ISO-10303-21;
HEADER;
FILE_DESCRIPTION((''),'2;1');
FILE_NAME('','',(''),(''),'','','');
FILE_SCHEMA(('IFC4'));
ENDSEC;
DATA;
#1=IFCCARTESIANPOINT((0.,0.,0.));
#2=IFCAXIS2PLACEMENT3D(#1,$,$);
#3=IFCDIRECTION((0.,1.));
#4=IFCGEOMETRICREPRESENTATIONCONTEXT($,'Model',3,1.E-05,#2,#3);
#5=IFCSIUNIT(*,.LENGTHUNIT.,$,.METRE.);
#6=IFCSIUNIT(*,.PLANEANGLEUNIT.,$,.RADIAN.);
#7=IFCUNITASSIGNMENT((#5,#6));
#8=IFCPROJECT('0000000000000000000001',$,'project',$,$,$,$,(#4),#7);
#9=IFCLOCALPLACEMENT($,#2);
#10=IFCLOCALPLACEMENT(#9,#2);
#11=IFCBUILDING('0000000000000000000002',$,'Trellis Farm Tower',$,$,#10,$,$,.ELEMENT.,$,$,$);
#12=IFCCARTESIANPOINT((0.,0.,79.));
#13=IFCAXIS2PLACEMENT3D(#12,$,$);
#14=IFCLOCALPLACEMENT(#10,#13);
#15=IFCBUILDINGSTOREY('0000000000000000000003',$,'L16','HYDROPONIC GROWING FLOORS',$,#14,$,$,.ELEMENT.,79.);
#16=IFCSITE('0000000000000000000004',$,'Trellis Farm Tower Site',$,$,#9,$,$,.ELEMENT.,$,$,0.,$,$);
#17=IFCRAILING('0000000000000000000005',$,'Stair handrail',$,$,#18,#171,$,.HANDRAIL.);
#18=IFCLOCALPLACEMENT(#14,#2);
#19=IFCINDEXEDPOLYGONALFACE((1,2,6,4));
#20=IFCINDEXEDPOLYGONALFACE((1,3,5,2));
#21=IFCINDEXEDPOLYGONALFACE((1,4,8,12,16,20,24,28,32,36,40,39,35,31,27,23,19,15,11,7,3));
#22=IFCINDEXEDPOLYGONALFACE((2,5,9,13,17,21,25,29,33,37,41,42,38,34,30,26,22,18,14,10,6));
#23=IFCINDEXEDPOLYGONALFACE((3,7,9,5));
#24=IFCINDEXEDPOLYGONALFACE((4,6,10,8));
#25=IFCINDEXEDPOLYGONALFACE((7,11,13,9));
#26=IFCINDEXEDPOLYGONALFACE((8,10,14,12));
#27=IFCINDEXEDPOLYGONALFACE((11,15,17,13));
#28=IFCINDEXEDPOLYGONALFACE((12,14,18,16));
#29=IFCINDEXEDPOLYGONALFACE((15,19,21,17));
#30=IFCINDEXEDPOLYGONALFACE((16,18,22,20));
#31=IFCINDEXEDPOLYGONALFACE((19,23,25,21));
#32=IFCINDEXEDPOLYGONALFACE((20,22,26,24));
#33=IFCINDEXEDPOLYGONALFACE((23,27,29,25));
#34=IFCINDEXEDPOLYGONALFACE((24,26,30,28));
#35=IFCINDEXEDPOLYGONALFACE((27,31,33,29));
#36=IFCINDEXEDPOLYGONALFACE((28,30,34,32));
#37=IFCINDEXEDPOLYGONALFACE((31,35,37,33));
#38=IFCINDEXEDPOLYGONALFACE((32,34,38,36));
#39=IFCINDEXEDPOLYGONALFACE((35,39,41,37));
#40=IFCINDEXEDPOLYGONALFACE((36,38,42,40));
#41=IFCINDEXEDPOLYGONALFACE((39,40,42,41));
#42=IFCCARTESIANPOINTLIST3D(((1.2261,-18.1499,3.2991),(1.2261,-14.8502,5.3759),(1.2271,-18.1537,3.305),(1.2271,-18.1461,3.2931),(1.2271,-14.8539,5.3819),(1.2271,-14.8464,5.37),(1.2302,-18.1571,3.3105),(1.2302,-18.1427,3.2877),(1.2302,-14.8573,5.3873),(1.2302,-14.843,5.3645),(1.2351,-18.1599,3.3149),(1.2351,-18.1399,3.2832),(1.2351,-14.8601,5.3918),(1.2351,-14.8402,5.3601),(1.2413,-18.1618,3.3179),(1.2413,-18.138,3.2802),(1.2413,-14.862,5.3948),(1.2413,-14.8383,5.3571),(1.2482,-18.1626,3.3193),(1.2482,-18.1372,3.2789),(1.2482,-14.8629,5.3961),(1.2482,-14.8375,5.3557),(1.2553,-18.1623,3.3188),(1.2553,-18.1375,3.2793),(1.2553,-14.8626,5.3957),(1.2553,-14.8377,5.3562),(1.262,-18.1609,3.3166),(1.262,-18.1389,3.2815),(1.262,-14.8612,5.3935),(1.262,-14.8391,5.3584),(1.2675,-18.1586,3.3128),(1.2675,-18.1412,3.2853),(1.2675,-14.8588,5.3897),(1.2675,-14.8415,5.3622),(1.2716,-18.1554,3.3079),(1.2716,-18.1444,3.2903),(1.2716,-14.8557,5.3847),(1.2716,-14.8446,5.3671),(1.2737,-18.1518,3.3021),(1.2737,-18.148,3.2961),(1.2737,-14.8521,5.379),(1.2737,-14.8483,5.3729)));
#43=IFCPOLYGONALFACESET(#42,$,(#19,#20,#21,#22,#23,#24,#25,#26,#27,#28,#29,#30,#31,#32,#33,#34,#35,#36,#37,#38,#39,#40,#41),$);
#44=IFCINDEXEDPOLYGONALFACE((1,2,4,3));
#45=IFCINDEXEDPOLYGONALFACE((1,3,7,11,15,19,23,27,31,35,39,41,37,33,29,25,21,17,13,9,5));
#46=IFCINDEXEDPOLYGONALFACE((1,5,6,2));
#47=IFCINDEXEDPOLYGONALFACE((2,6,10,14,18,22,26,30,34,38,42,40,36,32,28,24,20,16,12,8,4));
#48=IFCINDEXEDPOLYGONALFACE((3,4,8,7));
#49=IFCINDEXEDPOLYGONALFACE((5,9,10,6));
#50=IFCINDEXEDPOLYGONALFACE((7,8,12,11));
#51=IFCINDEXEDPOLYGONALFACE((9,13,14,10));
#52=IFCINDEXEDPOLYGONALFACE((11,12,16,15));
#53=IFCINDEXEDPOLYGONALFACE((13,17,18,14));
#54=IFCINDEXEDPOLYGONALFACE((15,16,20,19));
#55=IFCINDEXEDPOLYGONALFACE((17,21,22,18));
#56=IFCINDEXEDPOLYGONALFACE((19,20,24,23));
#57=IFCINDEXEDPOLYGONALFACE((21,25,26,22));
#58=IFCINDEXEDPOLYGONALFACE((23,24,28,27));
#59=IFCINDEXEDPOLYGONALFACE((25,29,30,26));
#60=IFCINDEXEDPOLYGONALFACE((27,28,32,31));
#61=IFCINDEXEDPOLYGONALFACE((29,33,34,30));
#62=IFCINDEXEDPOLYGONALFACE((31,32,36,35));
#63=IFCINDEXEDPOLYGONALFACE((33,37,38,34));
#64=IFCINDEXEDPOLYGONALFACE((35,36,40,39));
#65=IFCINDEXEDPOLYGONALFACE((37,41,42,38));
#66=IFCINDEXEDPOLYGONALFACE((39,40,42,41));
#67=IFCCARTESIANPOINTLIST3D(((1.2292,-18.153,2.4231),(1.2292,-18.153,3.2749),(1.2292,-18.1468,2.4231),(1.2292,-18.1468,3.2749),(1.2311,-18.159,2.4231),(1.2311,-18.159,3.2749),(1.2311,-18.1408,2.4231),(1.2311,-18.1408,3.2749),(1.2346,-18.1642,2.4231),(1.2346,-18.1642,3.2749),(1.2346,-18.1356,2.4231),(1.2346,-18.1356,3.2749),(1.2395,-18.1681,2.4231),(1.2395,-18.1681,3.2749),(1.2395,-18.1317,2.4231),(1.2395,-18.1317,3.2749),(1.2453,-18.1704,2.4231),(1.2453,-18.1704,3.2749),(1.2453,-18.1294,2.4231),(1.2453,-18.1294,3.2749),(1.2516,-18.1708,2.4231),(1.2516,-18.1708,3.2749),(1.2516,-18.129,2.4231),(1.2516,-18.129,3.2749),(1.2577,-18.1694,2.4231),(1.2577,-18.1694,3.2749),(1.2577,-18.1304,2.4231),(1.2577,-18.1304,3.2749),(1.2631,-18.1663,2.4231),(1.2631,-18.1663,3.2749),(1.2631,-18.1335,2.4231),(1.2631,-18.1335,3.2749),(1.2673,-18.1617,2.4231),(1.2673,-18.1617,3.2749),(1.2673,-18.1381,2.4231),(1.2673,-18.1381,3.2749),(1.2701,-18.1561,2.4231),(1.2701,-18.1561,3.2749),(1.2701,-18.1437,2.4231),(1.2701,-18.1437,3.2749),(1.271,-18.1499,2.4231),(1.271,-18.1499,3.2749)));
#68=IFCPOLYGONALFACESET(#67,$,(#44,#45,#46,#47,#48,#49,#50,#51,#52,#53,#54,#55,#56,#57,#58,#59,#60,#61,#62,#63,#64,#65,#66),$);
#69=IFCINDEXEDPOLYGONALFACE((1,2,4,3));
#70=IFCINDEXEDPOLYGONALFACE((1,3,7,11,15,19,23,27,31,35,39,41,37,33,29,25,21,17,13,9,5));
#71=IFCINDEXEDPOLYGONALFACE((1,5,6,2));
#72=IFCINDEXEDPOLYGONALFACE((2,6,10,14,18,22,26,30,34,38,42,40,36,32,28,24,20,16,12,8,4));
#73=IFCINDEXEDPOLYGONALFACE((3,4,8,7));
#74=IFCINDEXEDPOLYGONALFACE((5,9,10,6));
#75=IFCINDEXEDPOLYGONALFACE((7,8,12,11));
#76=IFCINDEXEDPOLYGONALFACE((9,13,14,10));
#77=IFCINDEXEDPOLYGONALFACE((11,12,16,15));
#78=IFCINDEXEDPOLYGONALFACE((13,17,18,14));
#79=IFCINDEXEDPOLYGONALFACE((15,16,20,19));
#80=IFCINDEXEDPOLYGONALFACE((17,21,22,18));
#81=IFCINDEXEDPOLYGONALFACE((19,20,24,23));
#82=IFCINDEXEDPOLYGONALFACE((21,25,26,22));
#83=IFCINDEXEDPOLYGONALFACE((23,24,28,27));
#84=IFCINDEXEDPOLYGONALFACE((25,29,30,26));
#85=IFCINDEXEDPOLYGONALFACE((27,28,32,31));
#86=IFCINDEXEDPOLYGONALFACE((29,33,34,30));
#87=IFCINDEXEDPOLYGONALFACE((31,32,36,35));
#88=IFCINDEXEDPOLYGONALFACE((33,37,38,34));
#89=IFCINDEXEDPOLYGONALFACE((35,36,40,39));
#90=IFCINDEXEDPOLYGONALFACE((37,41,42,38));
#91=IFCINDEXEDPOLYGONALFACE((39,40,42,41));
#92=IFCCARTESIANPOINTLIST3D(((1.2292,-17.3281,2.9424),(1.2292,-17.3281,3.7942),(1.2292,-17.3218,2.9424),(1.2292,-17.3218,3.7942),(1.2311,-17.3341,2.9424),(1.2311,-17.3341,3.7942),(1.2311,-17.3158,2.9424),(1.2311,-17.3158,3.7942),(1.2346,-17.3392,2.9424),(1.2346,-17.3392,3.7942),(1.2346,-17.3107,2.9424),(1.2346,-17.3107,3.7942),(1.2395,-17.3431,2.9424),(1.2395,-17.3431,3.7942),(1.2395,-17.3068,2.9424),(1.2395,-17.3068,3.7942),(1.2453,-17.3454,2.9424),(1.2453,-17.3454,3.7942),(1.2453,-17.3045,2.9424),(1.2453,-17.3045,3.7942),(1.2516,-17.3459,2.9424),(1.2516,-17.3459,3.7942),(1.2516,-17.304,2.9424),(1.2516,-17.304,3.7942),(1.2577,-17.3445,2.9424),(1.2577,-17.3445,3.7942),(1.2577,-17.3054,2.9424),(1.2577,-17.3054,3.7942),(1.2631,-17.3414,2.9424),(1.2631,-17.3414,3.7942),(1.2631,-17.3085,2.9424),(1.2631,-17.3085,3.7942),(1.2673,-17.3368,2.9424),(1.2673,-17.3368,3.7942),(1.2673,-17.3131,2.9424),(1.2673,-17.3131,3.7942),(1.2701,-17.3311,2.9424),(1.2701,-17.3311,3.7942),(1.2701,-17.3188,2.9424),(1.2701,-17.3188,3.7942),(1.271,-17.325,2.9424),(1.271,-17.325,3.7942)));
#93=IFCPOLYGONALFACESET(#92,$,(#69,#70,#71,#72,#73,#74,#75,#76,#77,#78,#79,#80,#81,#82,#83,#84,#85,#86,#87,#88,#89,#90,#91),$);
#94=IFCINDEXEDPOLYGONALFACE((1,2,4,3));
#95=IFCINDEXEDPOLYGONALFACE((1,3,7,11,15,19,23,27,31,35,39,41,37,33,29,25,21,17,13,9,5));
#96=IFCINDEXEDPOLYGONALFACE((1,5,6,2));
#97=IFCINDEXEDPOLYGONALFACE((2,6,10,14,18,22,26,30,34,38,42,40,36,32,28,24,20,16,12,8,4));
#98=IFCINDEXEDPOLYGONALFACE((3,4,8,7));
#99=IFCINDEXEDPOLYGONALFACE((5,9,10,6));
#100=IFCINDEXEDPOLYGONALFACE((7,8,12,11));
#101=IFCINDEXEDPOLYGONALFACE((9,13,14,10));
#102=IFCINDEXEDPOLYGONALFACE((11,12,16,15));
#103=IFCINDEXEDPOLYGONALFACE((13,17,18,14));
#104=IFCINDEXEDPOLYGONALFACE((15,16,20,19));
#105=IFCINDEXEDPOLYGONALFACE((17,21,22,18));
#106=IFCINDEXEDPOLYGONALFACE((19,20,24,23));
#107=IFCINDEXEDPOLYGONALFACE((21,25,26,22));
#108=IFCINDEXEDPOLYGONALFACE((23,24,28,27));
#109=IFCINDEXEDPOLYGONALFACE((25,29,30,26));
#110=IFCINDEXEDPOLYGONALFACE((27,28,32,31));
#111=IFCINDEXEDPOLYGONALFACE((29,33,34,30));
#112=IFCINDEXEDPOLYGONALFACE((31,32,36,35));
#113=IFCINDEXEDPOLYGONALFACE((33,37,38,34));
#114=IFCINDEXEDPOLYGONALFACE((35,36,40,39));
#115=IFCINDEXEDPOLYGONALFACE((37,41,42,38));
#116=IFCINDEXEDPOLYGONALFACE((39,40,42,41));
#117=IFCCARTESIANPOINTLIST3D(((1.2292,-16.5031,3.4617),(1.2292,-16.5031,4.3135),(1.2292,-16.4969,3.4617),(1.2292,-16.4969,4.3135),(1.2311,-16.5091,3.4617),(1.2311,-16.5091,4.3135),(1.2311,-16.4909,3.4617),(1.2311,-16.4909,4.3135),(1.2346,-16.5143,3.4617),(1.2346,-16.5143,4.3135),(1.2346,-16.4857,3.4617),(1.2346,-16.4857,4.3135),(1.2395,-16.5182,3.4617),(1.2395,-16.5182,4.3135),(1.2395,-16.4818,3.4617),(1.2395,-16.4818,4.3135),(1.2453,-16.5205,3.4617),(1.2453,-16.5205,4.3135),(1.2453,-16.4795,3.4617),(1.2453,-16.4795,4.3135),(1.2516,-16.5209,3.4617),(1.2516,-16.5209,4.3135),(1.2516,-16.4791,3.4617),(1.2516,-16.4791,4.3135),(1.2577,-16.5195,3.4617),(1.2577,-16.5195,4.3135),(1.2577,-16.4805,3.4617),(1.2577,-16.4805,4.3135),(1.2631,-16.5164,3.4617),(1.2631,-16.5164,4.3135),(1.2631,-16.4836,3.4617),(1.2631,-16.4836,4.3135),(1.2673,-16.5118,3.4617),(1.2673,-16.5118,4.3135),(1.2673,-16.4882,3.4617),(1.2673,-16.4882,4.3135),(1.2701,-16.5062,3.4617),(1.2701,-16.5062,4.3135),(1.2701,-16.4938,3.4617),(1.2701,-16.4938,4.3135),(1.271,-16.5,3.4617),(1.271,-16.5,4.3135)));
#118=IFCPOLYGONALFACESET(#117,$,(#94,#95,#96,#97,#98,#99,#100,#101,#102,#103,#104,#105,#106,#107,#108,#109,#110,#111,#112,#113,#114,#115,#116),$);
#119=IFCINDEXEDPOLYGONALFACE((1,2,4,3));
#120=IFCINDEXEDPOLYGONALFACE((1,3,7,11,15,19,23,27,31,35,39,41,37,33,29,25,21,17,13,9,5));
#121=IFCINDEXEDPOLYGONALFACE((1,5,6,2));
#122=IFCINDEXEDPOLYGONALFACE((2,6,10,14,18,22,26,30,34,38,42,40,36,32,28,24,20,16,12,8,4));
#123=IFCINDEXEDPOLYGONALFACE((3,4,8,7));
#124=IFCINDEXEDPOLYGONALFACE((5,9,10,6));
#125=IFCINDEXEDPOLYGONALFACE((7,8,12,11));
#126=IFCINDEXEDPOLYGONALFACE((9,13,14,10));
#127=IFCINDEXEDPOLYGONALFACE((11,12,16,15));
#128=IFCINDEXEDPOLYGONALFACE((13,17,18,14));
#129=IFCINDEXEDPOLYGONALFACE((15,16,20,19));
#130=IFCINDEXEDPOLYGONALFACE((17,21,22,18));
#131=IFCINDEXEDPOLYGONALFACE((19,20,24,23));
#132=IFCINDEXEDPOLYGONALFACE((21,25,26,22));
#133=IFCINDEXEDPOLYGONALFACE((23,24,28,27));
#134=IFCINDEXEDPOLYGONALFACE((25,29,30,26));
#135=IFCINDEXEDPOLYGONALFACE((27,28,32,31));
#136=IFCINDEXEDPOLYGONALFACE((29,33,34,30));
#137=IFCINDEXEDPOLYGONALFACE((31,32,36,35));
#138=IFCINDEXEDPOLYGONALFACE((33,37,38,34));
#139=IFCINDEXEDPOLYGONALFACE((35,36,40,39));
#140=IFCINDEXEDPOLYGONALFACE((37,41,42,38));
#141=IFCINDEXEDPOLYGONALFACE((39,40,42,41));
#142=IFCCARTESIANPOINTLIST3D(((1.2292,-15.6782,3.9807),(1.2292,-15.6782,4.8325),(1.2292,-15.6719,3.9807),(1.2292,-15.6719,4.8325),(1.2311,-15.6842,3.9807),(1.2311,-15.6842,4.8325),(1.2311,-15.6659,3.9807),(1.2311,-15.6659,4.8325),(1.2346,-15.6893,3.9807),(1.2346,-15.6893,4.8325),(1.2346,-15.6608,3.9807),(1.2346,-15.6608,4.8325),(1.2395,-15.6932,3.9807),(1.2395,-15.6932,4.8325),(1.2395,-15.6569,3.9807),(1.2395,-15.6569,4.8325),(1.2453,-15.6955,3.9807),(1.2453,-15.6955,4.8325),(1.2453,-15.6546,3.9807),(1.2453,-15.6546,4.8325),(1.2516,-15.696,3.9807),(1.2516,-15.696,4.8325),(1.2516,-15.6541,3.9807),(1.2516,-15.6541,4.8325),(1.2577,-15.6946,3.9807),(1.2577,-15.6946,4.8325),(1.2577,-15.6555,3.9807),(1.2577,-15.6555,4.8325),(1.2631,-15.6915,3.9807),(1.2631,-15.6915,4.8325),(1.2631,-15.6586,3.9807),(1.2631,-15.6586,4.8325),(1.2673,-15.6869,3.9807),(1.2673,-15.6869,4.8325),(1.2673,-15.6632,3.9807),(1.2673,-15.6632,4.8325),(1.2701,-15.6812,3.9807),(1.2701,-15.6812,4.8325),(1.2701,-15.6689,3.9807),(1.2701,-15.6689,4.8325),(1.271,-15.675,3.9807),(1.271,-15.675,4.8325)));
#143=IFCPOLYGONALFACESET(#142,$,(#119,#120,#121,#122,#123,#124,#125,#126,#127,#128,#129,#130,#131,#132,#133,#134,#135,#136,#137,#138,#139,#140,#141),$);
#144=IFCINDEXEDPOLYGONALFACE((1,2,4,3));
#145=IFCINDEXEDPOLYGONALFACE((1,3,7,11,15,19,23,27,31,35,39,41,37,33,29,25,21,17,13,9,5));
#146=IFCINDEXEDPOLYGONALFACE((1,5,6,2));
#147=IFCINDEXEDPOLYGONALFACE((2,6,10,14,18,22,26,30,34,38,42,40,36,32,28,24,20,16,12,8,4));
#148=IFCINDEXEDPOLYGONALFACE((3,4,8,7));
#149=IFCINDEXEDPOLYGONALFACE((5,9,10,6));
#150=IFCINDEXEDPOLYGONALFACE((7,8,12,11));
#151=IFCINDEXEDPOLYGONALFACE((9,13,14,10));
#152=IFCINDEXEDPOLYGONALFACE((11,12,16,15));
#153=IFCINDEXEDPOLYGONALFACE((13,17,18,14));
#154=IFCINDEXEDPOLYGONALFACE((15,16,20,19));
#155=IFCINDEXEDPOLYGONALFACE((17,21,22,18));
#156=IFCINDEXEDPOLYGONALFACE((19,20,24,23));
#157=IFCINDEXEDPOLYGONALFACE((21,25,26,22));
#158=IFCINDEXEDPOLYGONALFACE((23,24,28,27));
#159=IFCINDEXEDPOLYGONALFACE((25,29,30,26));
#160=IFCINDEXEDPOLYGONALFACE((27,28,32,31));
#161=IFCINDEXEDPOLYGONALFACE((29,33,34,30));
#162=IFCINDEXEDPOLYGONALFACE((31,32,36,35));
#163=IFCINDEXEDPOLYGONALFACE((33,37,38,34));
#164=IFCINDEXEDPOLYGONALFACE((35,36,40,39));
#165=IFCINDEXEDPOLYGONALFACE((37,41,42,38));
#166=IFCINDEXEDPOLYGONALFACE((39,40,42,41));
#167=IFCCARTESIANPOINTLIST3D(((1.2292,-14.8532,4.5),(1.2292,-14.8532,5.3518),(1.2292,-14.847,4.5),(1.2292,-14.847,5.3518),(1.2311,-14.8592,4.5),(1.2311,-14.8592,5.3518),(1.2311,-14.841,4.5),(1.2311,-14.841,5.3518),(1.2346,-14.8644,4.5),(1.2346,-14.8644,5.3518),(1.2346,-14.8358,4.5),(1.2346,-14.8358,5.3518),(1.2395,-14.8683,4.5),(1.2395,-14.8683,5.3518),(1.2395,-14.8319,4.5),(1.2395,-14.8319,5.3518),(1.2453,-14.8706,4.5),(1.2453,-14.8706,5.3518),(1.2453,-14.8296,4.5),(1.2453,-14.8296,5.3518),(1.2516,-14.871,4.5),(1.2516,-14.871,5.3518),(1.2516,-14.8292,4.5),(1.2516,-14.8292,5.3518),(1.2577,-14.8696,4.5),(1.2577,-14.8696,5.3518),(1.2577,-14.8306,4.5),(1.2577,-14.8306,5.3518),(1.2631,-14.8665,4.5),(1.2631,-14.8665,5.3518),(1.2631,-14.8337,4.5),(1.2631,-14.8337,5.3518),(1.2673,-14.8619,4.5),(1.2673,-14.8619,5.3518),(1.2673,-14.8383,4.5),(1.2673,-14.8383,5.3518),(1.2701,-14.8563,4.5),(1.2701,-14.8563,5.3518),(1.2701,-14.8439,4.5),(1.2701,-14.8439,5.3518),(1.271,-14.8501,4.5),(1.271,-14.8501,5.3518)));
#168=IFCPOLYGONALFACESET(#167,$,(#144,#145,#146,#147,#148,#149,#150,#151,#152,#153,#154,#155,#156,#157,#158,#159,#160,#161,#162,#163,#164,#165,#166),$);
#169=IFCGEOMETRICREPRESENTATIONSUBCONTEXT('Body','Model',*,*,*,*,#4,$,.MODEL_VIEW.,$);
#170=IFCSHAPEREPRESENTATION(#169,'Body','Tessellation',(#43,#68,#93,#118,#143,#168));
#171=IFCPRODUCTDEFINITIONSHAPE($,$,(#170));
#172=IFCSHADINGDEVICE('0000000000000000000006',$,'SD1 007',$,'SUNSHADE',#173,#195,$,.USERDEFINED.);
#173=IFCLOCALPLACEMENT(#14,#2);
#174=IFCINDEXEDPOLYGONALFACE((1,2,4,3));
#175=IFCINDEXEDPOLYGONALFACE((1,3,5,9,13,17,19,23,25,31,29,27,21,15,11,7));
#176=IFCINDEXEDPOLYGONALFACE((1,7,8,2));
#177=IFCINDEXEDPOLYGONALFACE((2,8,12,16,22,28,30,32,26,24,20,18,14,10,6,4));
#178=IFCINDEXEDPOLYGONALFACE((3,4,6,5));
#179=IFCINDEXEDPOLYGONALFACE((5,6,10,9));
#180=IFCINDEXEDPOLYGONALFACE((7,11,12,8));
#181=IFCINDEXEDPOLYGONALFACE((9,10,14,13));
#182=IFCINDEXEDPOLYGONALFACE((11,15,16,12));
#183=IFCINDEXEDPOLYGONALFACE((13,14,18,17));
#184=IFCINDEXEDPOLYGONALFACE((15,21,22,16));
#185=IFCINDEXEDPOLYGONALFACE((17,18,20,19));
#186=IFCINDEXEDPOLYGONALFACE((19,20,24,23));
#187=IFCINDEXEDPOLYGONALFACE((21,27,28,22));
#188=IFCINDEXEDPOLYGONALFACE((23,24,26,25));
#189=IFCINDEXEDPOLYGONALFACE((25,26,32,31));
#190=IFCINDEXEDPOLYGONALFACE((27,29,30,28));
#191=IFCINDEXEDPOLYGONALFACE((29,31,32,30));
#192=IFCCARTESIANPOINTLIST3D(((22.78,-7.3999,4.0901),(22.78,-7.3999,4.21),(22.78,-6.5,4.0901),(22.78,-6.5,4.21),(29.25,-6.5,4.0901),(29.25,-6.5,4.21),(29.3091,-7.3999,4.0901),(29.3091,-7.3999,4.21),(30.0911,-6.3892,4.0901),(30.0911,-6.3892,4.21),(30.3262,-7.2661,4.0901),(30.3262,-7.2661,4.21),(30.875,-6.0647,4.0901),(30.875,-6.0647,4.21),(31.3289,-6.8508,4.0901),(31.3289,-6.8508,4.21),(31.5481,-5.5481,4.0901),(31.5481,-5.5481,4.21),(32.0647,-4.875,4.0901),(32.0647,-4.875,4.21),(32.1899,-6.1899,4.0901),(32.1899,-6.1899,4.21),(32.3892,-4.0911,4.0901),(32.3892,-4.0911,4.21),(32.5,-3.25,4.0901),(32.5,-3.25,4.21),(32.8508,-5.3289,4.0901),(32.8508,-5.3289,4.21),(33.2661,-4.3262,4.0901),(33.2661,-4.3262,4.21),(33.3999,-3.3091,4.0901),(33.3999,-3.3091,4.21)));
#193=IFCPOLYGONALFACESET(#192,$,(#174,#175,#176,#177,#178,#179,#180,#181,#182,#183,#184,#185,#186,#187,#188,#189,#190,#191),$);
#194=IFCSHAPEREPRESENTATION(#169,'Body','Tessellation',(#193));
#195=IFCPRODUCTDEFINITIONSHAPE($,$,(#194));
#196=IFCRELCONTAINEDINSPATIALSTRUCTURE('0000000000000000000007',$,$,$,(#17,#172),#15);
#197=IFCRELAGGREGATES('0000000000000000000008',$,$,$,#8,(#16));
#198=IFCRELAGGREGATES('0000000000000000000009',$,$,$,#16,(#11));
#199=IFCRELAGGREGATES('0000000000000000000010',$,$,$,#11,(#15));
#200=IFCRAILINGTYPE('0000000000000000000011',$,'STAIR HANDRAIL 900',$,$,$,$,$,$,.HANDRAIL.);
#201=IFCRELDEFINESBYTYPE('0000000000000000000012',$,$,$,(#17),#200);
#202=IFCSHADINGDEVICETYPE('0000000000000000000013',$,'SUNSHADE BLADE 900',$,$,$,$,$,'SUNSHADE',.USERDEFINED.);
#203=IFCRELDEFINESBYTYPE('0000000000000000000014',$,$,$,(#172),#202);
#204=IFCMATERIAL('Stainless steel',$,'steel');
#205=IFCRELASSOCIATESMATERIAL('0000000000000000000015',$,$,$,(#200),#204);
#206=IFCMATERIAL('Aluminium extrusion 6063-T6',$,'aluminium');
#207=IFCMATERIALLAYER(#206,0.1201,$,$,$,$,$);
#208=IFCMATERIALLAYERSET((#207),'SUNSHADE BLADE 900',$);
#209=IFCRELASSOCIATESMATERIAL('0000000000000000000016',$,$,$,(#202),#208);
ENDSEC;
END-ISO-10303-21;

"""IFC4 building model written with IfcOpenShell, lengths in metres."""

from ifc_helpers import new_model, si_unit, direction, frame, origin, origin_2d, place, context, subcontext, project, spatial, polyline, circle, outline, extrude, source, transform, mapped, material, layer, layer_set, type_object, element, save


model = new_model("IFC4")

# Units and contexts
model_context = context("Model", 3, precision=1e-05, world=origin(), true_north=direction((0.0, 1.0)))
body_context = subcontext(model_context, "Body", "Model", "MODEL_VIEW")
ifc_project = project(units=[si_unit("LENGTHUNIT", "METRE"), si_unit("PLANEANGLEUNIT", "RADIAN")], contexts=[model_context])

# Site, building, storey
site_placement = place(None, origin())
site = spatial("IfcSite", under=ifc_project, at=site_placement, Name="Trellis Farm Tower Site", CompositionType="ELEMENT", RefElevation=0.0)
building_placement = place(site_placement, origin())
building = spatial("IfcBuilding", under=site, at=building_placement, Name="Trellis Farm Tower", CompositionType="ELEMENT")
storey_placement = place(building_placement, frame((0.0, 0.0, 79.0)))
storey = spatial("IfcBuildingStorey", under=building, at=storey_placement, Name="L16", Description="HYDROPONIC GROWING FLOORS", CompositionType="ELEMENT", Elevation=79.0)

# Shared definitions
ifc_material_1 = material(Name="Aluminium extrusion 6063-T6", Category="aluminium")

# Railing
ifc_material_2 = material(Name="Stainless steel", Category="steel")
railing_type = type_object("IfcRailingType", Name="STAIR HANDRAIL 900", PredefinedType="HANDRAIL", material=ifc_material_2)
shared_shape_1 = source(origin(), body_context, "Body", "SweptSolid", [
    extrude(circle(Radius=0.0239, at=origin_2d()), frame((0.0, 0.0, 0.876), z_axis=(0.0, 0.84632, 0.532675), x_axis=(-1.0, 0.0, 0.0)), (0.0, 0.0, 1.0), 3.8989),
    extrude(circle(Radius=0.021, at=origin_2d()), origin(), (0.0, 0.0, 1.0), 0.8518),
    extrude(circle(Radius=0.021, at=origin_2d()), frame((0.0, 0.825, 0.5193)), (0.0, 0.0, 1.0), 0.8518),
    extrude(circle(Radius=0.021, at=origin_2d()), frame((0.0, 1.6499, 1.0386)), (0.0, 0.0, 1.0), 0.8518),
    extrude(circle(Radius=0.021, at=origin_2d()), frame((0.0, 2.4749, 1.5576)), (0.0, 0.0, 1.0), 0.8518),
    extrude(circle(Radius=0.021, at=origin_2d()), frame((0.0, 3.2998, 2.0769)), (0.0, 0.0, 1.0), 0.8518),
])
railing_placement = place(storey_placement, frame((1.25, -18.1499, 2.4231)))
element("IfcRailing", 1, at=railing_placement, inside=storey, type_object=railing_type, Name="Stair handrail", PredefinedType="HANDRAIL", context=body_context, shape_type="MappedRepresentation", body=[
    mapped(shared_shape_1, transform((0.0, 0.0, 0.0))),
])

# Shading device
ifc_layer_1 = layer(ifc_material_1, 0.1201)
ifc_layer_set_1 = layer_set([ifc_layer_1], Name="SUNSHADE BLADE 900")
shading_device_type = type_object("IfcShadingDeviceType", Name="SUNSHADE BLADE 900", ElementType="SUNSHADE", PredefinedType="USERDEFINED", material=ifc_layer_set_1)
shared_shape_2 = source(origin(), body_context, "Body", "SweptSolid", [
    extrude(outline(polyline([(22.78, -7.3999), (29.3091, -7.3999), (30.3262, -7.2661), (31.3289, -6.8508), (32.1899, -6.1899), (32.8508, -5.3289), (33.2661, -4.3262), (33.3999, -3.3091), (32.5, -3.25), (32.3892, -4.0911), (32.0647, -4.875), (31.5481, -5.5481), (30.875, -6.0647), (30.0911, -6.3892), (29.25, -6.5), (22.78, -6.5), (22.78, -7.3999)])), origin(), (0.0, 0.0, 1.0), 0.1199),
])
shading_device_placement = place(storey_placement, frame((0.0, 0.0, 4.0901)))
element("IfcShadingDevice", 2, at=shading_device_placement, inside=storey, type_object=shading_device_type, Name="SD1 007", ObjectType="SUNSHADE", PredefinedType="USERDEFINED", context=body_context, shape_type="MappedRepresentation", body=[
    mapped(shared_shape_2, transform((0.0, 0.0, 0.0))),
])

save(model, "model.ifc")
